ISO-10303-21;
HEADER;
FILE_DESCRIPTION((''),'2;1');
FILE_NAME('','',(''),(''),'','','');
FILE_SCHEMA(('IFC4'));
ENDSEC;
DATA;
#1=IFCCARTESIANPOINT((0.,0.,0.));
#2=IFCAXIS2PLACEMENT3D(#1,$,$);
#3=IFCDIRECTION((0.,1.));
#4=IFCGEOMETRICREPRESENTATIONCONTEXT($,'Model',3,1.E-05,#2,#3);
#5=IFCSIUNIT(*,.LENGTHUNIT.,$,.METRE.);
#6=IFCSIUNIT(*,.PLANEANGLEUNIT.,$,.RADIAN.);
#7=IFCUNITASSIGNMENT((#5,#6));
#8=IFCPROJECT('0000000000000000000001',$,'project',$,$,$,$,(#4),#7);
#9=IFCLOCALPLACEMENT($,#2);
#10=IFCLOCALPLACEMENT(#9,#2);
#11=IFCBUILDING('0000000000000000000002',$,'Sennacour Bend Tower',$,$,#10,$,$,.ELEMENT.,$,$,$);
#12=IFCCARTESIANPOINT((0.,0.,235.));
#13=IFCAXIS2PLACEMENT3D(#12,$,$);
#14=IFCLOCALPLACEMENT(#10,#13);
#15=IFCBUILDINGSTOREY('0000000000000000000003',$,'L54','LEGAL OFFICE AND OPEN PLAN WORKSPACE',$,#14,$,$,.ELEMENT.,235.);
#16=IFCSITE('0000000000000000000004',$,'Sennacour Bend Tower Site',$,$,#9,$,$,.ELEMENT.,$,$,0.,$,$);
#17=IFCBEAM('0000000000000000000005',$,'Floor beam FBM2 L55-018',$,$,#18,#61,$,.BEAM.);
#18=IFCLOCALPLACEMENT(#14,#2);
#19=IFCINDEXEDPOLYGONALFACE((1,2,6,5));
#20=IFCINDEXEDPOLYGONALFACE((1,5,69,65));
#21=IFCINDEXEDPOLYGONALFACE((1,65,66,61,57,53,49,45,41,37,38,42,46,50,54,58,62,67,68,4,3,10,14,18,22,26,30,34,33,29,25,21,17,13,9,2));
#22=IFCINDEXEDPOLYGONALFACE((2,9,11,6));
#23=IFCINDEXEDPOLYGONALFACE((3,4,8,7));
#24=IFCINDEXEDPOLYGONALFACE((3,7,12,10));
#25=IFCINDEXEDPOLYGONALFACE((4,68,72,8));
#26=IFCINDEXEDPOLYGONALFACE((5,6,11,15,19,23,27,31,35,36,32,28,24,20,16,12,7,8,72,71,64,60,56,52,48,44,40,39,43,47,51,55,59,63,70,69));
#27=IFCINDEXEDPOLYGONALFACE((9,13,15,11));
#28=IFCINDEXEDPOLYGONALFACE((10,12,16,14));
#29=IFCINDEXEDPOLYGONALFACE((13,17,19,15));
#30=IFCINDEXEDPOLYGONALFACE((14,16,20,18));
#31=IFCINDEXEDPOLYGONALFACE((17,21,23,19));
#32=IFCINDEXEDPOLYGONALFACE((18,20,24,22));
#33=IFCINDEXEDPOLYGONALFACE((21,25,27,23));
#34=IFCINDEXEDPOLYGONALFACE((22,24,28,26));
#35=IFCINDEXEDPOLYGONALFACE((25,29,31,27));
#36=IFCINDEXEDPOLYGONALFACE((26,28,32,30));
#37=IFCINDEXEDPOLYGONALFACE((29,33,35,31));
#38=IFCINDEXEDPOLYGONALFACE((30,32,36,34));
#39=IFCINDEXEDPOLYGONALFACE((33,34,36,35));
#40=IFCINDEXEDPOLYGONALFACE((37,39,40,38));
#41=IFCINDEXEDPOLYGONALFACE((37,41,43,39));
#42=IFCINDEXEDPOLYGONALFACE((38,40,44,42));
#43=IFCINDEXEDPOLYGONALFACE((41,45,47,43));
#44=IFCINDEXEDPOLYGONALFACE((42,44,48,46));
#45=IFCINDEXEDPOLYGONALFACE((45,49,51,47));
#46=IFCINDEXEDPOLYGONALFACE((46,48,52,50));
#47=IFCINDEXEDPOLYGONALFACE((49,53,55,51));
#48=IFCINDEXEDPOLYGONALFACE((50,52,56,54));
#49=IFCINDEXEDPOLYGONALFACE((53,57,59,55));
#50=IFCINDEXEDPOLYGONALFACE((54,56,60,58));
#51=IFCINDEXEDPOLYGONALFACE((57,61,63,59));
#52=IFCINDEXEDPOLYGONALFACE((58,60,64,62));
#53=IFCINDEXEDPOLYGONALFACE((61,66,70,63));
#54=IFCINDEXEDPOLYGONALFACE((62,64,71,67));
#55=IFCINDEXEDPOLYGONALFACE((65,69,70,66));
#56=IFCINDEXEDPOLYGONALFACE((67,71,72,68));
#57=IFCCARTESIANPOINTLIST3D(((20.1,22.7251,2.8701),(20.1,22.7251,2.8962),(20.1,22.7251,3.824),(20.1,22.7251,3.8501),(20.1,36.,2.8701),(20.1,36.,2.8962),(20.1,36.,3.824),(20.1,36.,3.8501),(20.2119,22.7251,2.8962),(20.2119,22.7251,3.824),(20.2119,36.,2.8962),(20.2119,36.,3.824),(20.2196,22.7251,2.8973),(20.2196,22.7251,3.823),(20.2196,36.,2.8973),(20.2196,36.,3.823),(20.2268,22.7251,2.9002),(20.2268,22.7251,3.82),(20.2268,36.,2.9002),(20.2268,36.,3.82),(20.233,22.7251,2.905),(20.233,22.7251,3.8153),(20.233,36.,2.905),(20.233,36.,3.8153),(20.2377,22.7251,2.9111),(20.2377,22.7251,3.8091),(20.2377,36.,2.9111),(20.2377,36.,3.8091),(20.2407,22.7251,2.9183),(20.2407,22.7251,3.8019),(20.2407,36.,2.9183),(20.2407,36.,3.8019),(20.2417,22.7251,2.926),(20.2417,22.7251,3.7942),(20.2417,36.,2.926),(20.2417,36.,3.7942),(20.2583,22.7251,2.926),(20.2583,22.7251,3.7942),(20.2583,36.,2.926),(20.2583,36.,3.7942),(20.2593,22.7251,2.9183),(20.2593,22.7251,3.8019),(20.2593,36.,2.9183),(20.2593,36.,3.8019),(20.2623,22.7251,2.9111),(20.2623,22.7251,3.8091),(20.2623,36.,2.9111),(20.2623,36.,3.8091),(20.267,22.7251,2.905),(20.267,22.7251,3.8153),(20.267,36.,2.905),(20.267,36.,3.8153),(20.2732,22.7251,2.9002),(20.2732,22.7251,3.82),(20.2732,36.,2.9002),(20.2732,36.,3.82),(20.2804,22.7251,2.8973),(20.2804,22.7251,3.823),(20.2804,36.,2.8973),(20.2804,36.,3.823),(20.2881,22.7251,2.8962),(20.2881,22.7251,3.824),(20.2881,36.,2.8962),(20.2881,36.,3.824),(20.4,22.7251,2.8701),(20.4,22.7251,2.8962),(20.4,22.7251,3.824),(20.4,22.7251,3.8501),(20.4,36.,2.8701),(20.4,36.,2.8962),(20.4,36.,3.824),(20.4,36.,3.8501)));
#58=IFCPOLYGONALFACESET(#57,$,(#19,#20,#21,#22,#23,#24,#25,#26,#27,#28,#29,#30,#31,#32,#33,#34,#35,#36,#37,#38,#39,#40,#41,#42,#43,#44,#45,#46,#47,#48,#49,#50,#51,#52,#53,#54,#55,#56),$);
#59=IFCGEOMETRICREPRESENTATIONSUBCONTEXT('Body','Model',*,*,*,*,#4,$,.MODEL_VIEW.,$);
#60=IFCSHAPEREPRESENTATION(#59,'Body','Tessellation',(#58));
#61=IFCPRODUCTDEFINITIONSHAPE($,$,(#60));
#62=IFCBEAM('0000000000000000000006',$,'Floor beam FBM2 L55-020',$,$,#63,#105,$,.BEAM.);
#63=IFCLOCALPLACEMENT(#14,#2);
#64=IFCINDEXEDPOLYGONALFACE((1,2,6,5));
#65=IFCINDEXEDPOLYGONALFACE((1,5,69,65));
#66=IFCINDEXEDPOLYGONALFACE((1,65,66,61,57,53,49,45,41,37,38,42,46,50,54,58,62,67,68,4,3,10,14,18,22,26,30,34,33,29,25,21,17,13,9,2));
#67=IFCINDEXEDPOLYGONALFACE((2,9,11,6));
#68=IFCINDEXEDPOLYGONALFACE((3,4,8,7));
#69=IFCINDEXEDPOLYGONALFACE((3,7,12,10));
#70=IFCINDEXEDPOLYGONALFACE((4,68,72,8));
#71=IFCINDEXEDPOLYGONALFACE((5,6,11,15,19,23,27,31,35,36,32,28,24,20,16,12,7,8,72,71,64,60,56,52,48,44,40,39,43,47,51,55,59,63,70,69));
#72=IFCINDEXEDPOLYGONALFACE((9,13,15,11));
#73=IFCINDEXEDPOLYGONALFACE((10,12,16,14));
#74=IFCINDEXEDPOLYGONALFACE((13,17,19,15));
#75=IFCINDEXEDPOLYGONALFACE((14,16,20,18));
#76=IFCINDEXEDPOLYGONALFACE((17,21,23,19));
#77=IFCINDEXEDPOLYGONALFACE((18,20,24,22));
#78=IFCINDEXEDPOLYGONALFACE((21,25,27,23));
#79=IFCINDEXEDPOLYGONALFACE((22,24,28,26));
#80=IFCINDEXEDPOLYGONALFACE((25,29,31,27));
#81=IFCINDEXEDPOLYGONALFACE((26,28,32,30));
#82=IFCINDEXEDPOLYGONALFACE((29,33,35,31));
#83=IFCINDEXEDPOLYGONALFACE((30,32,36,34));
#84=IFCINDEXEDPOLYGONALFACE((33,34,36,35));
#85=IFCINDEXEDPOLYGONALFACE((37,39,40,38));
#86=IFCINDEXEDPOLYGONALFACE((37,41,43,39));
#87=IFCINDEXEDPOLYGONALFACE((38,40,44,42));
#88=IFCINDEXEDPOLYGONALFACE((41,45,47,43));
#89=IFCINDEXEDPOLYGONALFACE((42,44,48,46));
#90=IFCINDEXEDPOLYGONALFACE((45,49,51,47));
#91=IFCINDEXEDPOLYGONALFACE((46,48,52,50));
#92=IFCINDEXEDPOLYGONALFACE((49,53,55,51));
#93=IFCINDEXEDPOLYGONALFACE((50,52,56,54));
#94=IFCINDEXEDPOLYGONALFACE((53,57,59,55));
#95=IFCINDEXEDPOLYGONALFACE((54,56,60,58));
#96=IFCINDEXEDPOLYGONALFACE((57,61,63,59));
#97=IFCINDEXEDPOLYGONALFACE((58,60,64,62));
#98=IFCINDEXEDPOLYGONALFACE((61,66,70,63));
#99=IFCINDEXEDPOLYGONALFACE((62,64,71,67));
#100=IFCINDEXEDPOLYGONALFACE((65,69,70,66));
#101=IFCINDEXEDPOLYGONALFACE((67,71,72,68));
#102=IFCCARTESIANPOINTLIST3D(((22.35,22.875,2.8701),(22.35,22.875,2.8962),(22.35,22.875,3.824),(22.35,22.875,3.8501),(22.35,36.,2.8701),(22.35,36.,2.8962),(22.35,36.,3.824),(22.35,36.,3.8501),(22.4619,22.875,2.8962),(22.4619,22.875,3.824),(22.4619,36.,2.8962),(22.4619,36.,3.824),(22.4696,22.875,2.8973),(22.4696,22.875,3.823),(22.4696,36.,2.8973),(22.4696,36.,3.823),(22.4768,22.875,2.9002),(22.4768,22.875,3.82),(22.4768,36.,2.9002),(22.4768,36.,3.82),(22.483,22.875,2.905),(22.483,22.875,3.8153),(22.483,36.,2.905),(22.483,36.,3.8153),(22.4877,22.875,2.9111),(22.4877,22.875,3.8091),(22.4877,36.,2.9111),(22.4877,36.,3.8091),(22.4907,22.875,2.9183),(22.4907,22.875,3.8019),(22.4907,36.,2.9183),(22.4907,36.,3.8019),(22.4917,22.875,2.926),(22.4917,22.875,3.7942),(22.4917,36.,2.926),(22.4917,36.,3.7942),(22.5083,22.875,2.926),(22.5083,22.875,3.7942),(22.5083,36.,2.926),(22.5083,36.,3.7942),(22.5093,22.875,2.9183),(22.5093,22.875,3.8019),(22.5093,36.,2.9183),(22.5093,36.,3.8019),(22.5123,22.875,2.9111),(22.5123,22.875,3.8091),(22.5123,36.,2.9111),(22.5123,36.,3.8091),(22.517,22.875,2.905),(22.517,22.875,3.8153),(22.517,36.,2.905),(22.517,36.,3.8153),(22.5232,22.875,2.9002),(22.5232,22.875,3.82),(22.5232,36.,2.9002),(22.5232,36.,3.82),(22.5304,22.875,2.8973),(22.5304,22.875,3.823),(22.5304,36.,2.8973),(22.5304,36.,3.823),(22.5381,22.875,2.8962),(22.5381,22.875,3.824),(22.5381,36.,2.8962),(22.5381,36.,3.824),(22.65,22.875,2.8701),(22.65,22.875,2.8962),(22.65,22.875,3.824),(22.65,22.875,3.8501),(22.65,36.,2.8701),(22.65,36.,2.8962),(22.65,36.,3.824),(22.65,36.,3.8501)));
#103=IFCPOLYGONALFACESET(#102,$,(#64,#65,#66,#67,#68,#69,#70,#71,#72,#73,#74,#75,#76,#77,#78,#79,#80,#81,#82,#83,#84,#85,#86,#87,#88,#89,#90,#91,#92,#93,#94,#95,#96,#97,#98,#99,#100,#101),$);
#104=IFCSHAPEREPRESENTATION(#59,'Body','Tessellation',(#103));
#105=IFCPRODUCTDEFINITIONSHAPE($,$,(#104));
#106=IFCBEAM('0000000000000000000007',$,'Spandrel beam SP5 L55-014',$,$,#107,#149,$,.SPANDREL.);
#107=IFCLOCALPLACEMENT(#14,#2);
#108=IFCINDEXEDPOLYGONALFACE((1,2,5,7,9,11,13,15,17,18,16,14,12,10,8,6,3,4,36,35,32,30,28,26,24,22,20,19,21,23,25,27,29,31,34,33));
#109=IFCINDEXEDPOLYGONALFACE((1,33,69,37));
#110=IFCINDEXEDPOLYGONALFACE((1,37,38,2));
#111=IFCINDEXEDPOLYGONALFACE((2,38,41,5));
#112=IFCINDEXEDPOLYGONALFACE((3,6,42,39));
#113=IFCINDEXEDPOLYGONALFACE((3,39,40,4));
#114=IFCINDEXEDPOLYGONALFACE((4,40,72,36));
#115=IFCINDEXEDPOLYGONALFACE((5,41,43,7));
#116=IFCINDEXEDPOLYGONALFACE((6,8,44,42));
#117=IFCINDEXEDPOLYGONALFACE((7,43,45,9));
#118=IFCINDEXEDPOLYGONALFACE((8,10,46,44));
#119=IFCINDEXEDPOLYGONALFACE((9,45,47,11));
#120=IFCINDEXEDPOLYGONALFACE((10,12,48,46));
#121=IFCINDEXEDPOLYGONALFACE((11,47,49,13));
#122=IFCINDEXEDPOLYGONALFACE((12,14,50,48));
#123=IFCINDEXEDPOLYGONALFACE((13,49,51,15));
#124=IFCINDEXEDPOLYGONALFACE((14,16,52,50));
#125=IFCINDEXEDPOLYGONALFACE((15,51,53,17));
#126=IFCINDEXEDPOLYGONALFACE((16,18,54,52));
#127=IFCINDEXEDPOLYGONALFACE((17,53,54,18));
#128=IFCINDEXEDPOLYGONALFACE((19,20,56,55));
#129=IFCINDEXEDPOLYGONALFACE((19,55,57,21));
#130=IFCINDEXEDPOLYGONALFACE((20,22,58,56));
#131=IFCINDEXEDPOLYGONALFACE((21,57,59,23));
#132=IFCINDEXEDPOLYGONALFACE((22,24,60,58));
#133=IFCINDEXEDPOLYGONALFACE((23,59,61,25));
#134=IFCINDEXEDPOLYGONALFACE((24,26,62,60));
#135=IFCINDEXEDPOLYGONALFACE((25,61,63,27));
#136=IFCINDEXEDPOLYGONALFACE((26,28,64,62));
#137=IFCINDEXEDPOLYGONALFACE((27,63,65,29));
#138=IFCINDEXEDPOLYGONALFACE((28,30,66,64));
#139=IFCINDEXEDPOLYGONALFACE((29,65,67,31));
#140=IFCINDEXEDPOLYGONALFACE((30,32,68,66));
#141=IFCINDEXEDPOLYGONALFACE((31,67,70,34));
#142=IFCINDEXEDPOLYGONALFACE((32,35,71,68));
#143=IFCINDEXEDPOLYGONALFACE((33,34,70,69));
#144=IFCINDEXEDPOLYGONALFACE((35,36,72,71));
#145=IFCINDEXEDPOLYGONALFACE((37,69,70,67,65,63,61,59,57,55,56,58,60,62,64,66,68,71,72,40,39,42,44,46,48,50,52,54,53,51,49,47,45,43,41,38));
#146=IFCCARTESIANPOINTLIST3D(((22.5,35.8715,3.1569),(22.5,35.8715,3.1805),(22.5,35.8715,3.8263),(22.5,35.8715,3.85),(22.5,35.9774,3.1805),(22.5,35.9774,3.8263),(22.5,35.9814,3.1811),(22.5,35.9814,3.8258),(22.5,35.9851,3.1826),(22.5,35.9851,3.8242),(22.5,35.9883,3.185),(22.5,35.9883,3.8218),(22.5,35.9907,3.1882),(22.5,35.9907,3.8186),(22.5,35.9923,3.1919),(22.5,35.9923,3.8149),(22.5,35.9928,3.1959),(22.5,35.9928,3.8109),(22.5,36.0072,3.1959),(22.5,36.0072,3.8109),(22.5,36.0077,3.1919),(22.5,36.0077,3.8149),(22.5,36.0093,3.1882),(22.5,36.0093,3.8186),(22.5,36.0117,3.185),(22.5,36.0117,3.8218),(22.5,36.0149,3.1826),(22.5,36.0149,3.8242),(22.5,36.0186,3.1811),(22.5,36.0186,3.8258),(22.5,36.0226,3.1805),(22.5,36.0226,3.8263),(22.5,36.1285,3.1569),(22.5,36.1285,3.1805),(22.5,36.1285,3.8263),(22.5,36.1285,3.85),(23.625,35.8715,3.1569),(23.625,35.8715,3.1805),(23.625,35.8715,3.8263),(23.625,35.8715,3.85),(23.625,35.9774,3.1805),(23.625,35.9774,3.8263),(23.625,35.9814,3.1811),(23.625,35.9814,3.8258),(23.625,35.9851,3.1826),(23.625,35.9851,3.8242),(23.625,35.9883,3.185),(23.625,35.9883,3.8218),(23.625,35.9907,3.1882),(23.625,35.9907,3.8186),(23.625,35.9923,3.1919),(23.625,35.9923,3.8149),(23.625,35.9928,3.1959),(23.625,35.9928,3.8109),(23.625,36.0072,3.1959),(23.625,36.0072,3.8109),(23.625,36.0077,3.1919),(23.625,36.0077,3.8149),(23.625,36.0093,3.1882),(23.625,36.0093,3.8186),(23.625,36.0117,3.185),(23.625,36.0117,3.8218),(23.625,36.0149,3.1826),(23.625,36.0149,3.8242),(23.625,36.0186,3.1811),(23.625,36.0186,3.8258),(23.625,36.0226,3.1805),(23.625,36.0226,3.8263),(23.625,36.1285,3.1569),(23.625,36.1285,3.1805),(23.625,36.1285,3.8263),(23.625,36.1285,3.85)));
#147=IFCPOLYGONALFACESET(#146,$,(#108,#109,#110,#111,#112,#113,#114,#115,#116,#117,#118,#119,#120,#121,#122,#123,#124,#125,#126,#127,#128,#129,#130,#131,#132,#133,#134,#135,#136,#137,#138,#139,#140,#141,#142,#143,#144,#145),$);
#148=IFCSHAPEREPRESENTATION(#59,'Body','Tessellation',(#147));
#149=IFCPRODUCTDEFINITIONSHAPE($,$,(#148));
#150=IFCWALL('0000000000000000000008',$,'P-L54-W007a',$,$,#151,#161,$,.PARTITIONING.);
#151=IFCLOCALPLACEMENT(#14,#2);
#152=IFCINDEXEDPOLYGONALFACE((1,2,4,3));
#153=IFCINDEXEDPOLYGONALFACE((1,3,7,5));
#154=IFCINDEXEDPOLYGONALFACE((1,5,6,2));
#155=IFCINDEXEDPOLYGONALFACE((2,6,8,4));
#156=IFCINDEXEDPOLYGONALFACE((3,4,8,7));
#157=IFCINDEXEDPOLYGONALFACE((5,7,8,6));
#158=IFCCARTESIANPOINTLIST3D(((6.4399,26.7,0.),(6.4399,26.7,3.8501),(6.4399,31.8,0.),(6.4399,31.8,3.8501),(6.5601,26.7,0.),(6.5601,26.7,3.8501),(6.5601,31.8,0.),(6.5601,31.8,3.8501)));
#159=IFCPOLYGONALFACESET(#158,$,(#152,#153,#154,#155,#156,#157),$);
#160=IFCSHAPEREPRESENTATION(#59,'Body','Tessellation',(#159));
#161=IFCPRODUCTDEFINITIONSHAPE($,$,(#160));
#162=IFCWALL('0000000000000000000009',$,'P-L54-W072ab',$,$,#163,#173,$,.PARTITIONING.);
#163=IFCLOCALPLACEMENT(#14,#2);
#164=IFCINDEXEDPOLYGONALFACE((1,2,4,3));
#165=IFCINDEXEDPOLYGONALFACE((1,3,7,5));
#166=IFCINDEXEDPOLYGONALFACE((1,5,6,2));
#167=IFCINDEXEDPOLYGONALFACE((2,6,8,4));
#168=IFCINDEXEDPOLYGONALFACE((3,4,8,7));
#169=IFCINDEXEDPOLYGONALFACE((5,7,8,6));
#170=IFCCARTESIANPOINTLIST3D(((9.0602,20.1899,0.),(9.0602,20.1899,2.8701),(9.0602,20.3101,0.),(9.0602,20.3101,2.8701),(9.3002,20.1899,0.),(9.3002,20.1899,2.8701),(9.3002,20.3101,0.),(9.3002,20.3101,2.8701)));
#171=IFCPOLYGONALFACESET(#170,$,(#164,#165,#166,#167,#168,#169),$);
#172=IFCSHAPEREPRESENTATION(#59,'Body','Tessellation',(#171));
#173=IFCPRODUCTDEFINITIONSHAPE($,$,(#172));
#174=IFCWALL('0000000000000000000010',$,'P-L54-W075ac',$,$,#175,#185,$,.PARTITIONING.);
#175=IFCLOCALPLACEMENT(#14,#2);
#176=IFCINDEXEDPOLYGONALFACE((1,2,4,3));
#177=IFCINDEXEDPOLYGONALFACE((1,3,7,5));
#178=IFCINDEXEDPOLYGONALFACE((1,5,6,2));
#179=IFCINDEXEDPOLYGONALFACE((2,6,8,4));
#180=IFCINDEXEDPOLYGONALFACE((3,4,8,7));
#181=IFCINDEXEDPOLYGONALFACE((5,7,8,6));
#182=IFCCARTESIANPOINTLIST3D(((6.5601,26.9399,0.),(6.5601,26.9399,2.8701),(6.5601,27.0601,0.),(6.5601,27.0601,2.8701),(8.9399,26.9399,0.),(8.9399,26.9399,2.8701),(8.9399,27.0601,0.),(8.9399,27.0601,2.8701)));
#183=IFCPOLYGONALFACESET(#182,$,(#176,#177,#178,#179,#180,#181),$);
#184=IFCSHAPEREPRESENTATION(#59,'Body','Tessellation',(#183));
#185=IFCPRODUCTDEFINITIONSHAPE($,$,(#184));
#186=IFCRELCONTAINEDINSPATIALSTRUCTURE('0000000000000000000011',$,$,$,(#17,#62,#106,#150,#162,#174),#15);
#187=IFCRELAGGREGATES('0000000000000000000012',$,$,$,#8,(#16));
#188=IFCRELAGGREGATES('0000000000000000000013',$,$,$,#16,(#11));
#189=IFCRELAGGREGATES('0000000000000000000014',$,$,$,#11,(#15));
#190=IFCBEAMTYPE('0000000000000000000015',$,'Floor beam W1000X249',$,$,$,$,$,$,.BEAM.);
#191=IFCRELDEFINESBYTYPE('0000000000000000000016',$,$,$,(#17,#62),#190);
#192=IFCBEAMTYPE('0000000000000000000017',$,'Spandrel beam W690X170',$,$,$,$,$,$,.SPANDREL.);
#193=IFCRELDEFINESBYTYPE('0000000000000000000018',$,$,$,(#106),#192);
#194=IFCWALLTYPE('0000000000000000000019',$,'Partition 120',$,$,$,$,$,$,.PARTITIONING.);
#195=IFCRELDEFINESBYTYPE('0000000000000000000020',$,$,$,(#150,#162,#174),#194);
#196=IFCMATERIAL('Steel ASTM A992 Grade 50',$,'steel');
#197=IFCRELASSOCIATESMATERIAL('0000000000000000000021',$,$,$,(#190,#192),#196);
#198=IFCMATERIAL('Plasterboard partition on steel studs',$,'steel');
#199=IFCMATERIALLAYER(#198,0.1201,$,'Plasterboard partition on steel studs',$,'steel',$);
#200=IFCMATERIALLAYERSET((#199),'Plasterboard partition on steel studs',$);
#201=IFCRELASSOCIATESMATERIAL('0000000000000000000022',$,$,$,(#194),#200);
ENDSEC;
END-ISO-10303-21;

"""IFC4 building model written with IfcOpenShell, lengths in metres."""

from ifc_helpers import new_model, si_unit, direction, frame, frame_2d, origin, origin_2d, place, context, subcontext, project, spatial, rectangle, i_section, extrude, material, layer, layer_set, material_profile, profile_set, type_object, element, save


model = new_model("IFC4")

# Units and contexts
model_context = context("Model", 3, precision=1e-05, world=origin(), true_north=direction((0.0, 1.0)))
body_context = subcontext(model_context, "Body", "Model", "MODEL_VIEW")
ifc_project = project(units=[si_unit("LENGTHUNIT", "METRE"), si_unit("PLANEANGLEUNIT", "RADIAN")], contexts=[model_context])

# Site, building, storey
site_placement = place(None, origin())
site = spatial("IfcSite", under=ifc_project, at=site_placement, Name="Sennacour Bend Tower Site", CompositionType="ELEMENT", RefElevation=0.0)
building_placement = place(site_placement, origin())
building = spatial("IfcBuilding", under=site, at=building_placement, Name="Sennacour Bend Tower", CompositionType="ELEMENT")
storey_placement = place(building_placement, frame((0.0, 0.0, 235.0)))
storey = spatial("IfcBuildingStorey", under=building, at=storey_placement, Name="L54", Description="LEGAL OFFICE AND OPEN PLAN WORKSPACE", CompositionType="ELEMENT", Elevation=235.0)

# Beams
ifc_material_1 = material(Name="Steel ASTM A992 Grade 50", Category="steel")
ifc_material_profile_1 = material_profile(ifc_material_1, i_section(OverallWidth=0.3, OverallDepth=0.98, WebThickness=0.0166, FlangeThickness=0.0261, FilletRadius=0.0298, at=origin_2d()), Name="Steel ASTM A992 Grade 50", Category="steel")
ifc_profile_set_1 = profile_set([ifc_material_profile_1], Name="Steel ASTM A992 Grade 50")
beam_type_1 = type_object("IfcBeamType", Name="Floor beam W1000X249", PredefinedType="BEAM", material=ifc_profile_set_1)
for number, where, z_axis, x_axis, name in (
    (1, (20.25, 22.7251, 3.3601), (0.0, 1.0, 0.0), (-1.0, 0.0, 0.0), "Floor beam FBM2 L55-018"),
):
    element("IfcBeam", number, at=place(storey_placement, frame(where, z_axis=z_axis, x_axis=x_axis)), inside=storey, type_object=beam_type_1, Name=name, PredefinedType="BEAM", context=body_context, shape_type="SweptSolid", body=[
        extrude(i_section(OverallWidth=0.3, OverallDepth=0.98, WebThickness=0.0166, FlangeThickness=0.0261, FilletRadius=0.0298, at=origin_2d()), origin(), (0.0, 0.0, 1.0), 13.2749),
    ])
beam_1_placement = place(storey_placement, frame((22.5, 22.875, 3.3601), z_axis=(0.0, 1.0, 0.0), x_axis=(-1.0, 0.0, 0.0)))
element("IfcBeam", 2, at=beam_1_placement, inside=storey, type_object=beam_type_1, Name="Floor beam FBM2 L55-020", PredefinedType="BEAM", context=body_context, shape_type="SweptSolid", body=[
    extrude(i_section(OverallWidth=0.3, OverallDepth=0.98, WebThickness=0.0166, FlangeThickness=0.0261, FilletRadius=0.0298, at=origin_2d()), origin(), (0.0, 0.0, 1.0), 13.125),
])
ifc_material_profile_2 = material_profile(ifc_material_1, i_section(OverallWidth=0.2571, OverallDepth=0.6931, WebThickness=0.0144, FlangeThickness=0.0237, FilletRadius=0.0154, at=origin_2d()), Name="Steel ASTM A992 Grade 50", Category="steel")
ifc_profile_set_2 = profile_set([ifc_material_profile_2], Name="Steel ASTM A992 Grade 50")
beam_type_2 = type_object("IfcBeamType", Name="Spandrel beam W690X170", PredefinedType="SPANDREL", material=ifc_profile_set_2)
beam_2_placement = place(storey_placement, frame((22.5, 36.0, 3.5034), z_axis=(1.0, 0.0, 0.0), x_axis=(0.0, 1.0, 0.0)))
element("IfcBeam", 3, at=beam_2_placement, inside=storey, type_object=beam_type_2, Name="Spandrel beam SP5 L55-014", PredefinedType="SPANDREL", context=body_context, shape_type="SweptSolid", body=[
    extrude(i_section(OverallWidth=0.2571, OverallDepth=0.6931, WebThickness=0.0144, FlangeThickness=0.0237, FilletRadius=0.0154, at=origin_2d()), origin(), (0.0, 0.0, 1.0), 1.125),
])

# Walls
ifc_material_2 = material(Name="Plasterboard partition on steel studs", Category="steel")
ifc_layer_1 = layer(ifc_material_2, 0.1201, Name="Plasterboard partition on steel studs", Category="steel")
ifc_layer_set_1 = layer_set([ifc_layer_1], Name="Plasterboard partition on steel studs")
wall_type_1 = type_object("IfcWallType", Name="Partition 120", PredefinedType="PARTITIONING", material=ifc_layer_set_1)
wall_1_placement = place(storey_placement, frame((6.5, 26.7, 0.0), z_axis=(0.0, 0.0, 1.0), x_axis=(0.0, 1.0, 0.0)))
element("IfcWall", 4, at=wall_1_placement, inside=storey, type_object=wall_type_1, Name="P-L54-W007a", PredefinedType="PARTITIONING", context=body_context, shape_type="SweptSolid", body=[
    extrude(rectangle(XDim=5.1001, YDim=0.1201, at=frame_2d((2.55, 0.0))), origin(), (0.0, 0.0, 1.0), 3.8501),
])
wall_2_placement = place(storey_placement, frame((9.0601, 20.25, 0.0), z_axis=(0.0, 0.0, 1.0), x_axis=(1.0, 0.0, 0.0)))
element("IfcWall", 5, at=wall_2_placement, inside=storey, type_object=wall_type_1, Name="P-L54-W072ab", PredefinedType="PARTITIONING", context=body_context, shape_type="SweptSolid", body=[
    extrude(rectangle(XDim=0.24, YDim=0.1201, at=frame_2d((0.1201, 0.0))), origin(), (0.0, 0.0, 1.0), 2.8701),
])
wall_3_placement = place(storey_placement, frame((6.5601, 27.0, 0.0), z_axis=(0.0, 0.0, 1.0), x_axis=(1.0, 0.0, 0.0)))
element("IfcWall", 6, at=wall_3_placement, inside=storey, type_object=wall_type_1, Name="P-L54-W075ac", PredefinedType="PARTITIONING", context=body_context, shape_type="SweptSolid", body=[
    extrude(rectangle(XDim=2.3799, YDim=0.1201, at=frame_2d((1.1899, 0.0))), origin(), (0.0, 0.0, 1.0), 2.8701),
])

save(model, "model.ifc")
